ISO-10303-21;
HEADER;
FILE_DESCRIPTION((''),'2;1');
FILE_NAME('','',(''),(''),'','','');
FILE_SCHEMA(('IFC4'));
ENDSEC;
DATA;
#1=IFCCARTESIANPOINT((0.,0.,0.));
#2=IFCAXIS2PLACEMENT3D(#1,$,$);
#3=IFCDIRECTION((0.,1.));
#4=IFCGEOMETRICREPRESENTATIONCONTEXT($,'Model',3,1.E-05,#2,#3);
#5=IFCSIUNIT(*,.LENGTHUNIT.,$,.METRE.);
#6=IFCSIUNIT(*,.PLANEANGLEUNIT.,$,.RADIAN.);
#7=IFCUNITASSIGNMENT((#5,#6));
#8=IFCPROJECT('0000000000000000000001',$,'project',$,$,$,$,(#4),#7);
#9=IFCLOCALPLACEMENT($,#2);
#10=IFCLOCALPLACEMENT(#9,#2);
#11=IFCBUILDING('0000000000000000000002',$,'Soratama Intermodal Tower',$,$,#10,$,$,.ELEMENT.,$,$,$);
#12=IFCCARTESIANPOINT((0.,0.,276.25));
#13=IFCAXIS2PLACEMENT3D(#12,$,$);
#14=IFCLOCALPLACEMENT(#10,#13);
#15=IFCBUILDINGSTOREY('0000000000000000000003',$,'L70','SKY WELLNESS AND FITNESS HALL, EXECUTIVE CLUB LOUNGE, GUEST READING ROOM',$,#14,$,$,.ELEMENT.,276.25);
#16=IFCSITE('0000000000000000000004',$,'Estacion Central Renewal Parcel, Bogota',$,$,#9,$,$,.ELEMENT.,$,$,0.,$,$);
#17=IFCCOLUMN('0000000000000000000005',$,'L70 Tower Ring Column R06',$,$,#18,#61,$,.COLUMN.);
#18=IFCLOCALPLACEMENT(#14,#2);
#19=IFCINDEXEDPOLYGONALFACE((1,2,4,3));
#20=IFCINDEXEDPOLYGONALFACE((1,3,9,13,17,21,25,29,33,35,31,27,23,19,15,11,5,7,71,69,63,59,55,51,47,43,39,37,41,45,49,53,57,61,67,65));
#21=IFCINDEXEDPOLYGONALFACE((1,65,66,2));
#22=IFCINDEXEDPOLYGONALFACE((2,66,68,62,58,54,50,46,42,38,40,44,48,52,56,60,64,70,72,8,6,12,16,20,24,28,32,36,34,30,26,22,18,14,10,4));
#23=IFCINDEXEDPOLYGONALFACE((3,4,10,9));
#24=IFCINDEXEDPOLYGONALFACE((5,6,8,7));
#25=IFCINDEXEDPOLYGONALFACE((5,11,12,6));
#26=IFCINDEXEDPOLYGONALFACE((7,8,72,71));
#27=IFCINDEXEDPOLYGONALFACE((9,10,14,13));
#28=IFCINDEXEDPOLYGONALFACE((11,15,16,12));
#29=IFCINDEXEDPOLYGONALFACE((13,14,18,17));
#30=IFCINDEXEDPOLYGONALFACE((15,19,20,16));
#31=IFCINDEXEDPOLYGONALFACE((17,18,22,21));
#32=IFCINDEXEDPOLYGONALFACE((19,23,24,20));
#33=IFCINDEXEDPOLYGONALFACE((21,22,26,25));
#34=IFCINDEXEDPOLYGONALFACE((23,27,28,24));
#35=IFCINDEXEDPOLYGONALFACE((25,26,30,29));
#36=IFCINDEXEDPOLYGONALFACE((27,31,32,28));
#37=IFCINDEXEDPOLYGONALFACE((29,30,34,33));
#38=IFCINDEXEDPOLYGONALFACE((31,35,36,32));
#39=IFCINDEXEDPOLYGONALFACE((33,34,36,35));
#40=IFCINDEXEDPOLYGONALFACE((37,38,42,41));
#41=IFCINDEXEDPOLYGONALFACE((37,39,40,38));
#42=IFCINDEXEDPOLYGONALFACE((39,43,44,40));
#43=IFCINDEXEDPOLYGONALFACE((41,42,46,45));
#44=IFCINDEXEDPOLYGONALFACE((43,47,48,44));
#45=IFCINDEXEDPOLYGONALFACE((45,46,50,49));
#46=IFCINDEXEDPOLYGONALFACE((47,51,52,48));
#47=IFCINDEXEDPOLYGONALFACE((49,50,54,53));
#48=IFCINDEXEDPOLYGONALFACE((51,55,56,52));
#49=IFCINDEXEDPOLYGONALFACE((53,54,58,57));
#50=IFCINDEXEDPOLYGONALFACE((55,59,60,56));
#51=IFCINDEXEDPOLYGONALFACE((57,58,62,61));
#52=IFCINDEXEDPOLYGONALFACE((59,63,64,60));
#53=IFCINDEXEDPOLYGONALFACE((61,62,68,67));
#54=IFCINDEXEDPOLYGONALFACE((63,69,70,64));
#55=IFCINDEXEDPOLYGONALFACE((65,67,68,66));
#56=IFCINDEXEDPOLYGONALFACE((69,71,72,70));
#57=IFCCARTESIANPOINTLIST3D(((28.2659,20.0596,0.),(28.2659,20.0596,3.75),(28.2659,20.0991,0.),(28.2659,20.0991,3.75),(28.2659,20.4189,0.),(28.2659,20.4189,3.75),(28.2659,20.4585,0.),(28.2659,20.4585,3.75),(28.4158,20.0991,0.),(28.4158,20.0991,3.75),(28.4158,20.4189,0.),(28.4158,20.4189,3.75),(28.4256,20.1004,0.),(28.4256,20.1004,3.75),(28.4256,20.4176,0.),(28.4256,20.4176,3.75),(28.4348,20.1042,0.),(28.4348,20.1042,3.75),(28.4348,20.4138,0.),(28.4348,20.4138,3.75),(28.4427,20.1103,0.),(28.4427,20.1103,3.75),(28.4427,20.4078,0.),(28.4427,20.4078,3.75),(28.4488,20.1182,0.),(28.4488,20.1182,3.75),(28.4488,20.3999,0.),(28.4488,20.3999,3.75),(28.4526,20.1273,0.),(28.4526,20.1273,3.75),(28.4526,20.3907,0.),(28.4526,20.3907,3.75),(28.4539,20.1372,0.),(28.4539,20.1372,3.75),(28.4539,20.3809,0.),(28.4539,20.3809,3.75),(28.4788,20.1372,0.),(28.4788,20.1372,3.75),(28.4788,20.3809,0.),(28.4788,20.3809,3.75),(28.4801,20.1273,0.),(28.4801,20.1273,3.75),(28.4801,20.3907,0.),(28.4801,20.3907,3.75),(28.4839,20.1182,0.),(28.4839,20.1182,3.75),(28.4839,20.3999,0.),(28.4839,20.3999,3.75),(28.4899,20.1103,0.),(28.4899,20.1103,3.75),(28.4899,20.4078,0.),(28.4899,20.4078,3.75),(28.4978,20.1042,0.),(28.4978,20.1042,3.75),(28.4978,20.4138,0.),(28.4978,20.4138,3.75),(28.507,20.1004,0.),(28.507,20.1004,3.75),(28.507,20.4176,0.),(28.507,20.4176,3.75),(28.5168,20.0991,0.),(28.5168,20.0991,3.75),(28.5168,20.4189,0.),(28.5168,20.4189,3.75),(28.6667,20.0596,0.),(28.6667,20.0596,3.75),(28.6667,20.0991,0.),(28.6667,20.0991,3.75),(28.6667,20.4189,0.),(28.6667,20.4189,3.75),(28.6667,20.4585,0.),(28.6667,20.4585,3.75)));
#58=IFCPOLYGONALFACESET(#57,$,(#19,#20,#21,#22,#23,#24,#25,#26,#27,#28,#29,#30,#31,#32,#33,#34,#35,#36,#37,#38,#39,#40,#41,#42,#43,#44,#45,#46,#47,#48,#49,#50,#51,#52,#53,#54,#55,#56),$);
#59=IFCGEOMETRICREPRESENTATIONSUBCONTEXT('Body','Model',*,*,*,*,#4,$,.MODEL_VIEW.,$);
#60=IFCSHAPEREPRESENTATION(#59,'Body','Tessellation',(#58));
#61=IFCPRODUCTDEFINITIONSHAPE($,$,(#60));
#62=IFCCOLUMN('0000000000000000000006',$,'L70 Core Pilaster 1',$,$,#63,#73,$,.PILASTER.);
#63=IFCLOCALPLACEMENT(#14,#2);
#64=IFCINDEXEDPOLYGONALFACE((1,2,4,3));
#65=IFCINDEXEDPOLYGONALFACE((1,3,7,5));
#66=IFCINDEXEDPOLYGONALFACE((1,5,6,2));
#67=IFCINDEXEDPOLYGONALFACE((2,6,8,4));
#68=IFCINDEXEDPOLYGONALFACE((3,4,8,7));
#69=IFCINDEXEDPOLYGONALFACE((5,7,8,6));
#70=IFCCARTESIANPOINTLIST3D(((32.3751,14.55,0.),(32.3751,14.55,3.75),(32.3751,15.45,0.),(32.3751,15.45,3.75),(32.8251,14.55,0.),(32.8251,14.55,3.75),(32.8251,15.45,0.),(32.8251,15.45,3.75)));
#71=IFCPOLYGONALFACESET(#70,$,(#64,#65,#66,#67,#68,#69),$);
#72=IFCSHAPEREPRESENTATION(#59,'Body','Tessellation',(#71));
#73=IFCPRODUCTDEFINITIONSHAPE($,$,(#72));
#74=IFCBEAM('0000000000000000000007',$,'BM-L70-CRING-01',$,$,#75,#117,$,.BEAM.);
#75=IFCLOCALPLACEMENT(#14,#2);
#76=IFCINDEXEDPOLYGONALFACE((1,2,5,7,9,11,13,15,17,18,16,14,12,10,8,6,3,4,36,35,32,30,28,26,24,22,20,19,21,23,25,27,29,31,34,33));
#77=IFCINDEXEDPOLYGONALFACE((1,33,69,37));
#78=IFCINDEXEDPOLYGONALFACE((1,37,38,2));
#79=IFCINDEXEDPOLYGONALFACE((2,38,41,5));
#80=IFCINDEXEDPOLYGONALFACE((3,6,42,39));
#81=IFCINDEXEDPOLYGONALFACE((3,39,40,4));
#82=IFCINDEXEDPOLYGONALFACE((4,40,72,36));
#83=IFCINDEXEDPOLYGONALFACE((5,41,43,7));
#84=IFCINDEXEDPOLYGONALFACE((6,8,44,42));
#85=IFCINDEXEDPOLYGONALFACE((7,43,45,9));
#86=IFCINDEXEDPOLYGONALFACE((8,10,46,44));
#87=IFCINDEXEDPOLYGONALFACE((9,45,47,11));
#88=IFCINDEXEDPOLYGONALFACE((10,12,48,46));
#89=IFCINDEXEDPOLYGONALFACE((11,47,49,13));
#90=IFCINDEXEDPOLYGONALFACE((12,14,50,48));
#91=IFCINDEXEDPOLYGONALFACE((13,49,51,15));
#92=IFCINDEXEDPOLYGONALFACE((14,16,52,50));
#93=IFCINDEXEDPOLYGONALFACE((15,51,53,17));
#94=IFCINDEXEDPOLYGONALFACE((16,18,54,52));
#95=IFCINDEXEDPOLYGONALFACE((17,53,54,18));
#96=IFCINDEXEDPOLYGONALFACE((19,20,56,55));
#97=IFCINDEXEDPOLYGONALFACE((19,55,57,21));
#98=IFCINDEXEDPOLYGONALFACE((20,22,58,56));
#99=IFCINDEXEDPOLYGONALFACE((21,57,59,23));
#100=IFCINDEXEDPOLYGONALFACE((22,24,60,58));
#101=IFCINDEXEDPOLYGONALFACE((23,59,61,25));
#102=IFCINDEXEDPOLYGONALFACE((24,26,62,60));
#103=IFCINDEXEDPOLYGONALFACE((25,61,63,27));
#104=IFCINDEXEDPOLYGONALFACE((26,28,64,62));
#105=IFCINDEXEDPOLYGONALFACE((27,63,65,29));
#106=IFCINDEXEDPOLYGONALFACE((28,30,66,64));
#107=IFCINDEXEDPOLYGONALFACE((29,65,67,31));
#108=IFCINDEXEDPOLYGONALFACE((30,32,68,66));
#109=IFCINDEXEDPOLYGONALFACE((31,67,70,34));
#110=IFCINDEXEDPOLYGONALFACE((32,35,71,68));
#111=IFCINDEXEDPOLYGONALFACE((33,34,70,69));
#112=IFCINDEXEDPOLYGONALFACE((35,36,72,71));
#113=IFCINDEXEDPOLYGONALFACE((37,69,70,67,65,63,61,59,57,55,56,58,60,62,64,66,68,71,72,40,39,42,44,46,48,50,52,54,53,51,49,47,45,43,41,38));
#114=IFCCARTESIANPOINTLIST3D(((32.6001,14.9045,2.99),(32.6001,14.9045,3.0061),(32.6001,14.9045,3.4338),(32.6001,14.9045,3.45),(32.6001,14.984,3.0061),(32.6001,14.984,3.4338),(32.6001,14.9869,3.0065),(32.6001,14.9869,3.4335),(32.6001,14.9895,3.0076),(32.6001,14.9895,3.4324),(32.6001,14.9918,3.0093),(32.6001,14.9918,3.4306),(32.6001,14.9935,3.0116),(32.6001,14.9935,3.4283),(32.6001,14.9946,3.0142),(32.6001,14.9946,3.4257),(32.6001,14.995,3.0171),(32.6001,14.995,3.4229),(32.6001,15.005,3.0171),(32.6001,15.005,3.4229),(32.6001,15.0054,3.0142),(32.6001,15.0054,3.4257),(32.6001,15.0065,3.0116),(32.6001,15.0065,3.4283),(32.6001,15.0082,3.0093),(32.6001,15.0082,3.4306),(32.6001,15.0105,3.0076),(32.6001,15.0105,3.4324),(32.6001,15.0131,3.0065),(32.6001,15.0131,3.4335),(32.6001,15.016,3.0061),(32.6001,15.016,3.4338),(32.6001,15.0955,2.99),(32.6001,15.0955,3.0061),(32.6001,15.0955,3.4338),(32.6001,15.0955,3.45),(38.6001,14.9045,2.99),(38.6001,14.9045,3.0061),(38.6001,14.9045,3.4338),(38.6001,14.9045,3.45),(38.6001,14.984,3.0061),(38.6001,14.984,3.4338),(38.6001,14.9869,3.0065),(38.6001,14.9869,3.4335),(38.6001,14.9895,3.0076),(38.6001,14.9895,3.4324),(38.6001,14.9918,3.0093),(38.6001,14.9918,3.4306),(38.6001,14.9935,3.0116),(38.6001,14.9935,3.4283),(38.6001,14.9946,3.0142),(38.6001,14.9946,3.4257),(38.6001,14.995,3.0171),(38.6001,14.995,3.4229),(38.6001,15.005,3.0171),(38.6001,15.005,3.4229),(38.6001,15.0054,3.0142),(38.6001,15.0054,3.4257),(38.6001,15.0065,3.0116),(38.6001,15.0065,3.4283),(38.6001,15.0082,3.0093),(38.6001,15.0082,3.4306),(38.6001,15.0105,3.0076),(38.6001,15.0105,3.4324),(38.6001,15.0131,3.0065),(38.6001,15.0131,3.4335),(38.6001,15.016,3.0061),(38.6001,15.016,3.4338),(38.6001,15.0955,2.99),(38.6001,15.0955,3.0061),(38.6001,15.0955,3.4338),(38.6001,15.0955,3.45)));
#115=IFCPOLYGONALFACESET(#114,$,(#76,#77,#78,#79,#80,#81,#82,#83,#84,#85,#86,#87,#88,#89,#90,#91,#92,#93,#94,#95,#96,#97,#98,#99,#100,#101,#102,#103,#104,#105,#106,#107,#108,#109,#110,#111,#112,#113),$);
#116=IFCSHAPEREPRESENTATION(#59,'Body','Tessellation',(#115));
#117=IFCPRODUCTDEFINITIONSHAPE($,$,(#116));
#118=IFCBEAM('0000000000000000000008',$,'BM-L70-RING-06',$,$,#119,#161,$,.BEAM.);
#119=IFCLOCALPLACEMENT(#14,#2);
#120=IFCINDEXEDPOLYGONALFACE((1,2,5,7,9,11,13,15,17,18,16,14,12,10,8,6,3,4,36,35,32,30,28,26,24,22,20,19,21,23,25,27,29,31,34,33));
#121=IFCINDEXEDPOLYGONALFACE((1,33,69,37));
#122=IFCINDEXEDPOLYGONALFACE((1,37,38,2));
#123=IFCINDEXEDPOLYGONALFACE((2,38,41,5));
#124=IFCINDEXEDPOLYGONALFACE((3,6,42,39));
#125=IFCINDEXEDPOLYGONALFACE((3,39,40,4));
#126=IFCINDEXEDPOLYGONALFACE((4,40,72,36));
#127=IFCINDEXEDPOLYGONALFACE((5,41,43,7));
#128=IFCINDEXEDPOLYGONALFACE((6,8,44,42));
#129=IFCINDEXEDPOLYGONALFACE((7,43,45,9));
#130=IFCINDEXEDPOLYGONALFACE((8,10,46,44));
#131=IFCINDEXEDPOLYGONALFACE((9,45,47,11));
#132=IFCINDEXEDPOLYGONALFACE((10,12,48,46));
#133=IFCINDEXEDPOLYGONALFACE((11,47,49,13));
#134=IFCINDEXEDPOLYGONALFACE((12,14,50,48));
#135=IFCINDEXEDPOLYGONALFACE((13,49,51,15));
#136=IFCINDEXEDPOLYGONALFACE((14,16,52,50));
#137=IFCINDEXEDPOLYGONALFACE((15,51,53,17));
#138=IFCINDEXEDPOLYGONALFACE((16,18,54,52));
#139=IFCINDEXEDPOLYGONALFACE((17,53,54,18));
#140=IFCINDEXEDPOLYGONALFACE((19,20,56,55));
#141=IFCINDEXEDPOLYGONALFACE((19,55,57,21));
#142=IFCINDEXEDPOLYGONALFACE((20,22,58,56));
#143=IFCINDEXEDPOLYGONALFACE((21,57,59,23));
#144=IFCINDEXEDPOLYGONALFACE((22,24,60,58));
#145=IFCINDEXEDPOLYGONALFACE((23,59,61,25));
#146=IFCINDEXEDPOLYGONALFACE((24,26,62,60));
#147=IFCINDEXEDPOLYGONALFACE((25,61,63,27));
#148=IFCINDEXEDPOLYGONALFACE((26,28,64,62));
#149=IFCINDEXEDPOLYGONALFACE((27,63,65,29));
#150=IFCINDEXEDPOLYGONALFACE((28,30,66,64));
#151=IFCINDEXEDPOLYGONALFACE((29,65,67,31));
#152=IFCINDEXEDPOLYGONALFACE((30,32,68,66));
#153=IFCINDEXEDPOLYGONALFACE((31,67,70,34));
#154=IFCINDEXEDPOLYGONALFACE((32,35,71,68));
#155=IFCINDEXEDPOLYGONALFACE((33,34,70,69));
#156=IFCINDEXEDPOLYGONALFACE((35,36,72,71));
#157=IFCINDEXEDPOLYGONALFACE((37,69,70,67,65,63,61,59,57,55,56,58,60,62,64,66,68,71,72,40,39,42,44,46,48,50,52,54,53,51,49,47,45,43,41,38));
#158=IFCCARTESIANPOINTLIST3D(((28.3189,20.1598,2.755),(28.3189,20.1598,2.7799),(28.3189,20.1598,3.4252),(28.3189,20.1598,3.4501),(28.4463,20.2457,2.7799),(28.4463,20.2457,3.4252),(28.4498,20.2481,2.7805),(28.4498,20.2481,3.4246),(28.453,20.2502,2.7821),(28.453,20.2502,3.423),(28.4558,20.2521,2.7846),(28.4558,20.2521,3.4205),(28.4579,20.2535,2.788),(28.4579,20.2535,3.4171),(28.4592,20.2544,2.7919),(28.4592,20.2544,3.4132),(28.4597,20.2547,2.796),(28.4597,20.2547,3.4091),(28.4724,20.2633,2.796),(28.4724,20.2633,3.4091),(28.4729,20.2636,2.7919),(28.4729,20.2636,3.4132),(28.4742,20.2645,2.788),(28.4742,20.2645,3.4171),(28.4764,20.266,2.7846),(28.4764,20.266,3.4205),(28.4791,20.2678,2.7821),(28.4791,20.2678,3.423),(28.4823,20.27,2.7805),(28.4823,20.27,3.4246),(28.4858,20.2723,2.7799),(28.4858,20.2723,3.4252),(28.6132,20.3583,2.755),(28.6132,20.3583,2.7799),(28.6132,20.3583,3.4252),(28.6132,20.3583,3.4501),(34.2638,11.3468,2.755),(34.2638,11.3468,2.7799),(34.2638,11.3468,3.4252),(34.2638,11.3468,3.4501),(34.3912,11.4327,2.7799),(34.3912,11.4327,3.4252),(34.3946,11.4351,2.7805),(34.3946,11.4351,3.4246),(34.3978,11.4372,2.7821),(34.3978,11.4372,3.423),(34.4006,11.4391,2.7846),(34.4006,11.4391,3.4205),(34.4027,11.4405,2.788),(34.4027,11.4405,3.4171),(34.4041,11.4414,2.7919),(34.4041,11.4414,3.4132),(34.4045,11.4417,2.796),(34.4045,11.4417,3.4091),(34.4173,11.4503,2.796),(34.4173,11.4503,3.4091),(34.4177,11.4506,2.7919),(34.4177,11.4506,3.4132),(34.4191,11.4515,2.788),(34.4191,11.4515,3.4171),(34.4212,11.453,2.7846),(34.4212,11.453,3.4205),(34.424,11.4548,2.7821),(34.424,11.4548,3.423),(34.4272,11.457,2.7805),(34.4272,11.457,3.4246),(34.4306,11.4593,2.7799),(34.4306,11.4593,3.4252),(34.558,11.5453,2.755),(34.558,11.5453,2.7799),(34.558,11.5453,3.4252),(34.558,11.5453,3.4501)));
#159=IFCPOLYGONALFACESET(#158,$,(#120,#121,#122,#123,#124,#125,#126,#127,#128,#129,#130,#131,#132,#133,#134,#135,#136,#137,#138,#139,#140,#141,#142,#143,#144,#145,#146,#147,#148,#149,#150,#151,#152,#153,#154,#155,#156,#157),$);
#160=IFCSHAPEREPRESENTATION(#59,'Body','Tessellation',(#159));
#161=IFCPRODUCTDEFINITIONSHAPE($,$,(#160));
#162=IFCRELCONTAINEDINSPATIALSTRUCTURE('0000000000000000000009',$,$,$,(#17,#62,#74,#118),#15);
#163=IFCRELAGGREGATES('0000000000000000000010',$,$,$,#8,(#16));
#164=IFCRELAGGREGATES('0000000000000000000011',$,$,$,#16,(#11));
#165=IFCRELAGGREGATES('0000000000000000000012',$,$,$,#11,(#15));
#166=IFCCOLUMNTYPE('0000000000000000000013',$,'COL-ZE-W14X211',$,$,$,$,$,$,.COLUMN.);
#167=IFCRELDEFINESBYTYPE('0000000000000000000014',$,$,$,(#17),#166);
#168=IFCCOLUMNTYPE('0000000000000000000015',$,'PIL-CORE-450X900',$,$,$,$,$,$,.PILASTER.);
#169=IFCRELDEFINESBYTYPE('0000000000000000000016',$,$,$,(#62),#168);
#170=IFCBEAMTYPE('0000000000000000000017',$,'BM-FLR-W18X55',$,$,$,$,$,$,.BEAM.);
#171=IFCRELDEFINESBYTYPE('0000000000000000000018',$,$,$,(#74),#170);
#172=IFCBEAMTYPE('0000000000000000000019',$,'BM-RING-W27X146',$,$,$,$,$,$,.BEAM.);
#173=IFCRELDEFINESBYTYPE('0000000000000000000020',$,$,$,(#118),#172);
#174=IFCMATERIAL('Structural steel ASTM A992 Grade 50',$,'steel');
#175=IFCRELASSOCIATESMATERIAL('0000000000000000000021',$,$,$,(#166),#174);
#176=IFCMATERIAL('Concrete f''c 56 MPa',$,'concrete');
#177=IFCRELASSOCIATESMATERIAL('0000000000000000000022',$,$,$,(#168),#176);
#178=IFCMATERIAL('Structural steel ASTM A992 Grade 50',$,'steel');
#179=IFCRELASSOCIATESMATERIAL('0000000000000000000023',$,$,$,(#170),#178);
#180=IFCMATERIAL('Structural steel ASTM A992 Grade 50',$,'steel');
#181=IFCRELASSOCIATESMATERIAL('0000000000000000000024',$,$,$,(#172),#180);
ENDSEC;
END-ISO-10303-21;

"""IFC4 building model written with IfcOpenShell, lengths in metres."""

from ifc_helpers import new_model, si_unit, direction, frame, origin, origin_2d, place, context, subcontext, project, spatial, rectangle, i_section, extrude, material, material_profile, profile_set, type_object, element, save


model = new_model("IFC4")

# Units and contexts
model_context = context("Model", 3, precision=1e-05, world=origin(), true_north=direction((0.0, 1.0)))
body_context = subcontext(model_context, "Body", "Model", "MODEL_VIEW")
ifc_project = project(units=[si_unit("LENGTHUNIT", "METRE"), si_unit("PLANEANGLEUNIT", "RADIAN")], contexts=[model_context])

# Site, building, storey
site_placement = place(None, origin())
site = spatial("IfcSite", under=ifc_project, at=site_placement, Name="Estacion Central Renewal Parcel, Bogota", CompositionType="ELEMENT", RefElevation=0.0)
building_placement = place(site_placement, origin())
building = spatial("IfcBuilding", under=site, at=building_placement, Name="Soratama Intermodal Tower", CompositionType="ELEMENT")
storey_placement = place(building_placement, frame((0.0, 0.0, 276.25)))
storey = spatial("IfcBuildingStorey", under=building, at=storey_placement, Name="L70", Description="SKY WELLNESS AND FITNESS HALL, EXECUTIVE CLUB LOUNGE, GUEST READING ROOM", CompositionType="ELEMENT", Elevation=276.25)

# Columns
ifc_material_1 = material(Name="Structural steel ASTM A992 Grade 50", Category="steel")
ifc_material_profile_1 = material_profile(ifc_material_1, i_section(OverallWidth=0.4009, OverallDepth=0.3989, WebThickness=0.0249, FlangeThickness=0.0396, FilletRadius=0.0381, at=origin_2d()), Name="W14X211")
ifc_profile_set_1 = profile_set([ifc_material_profile_1], Name="Structural steel ASTM A992 Grade 50")
column_type_1 = type_object("IfcColumnType", Name="COL-ZE-W14X211", PredefinedType="COLUMN", material=ifc_profile_set_1)
column_1_placement = place(storey_placement, frame((28.4663, 20.259, 0.0), z_axis=(0.0, 0.0, 1.0), x_axis=(1.0, 0.0, 0.0)))
element("IfcColumn", 1, at=column_1_placement, inside=storey, type_object=column_type_1, Name="L70 Tower Ring Column R06", PredefinedType="COLUMN", context=body_context, shape_type="SweptSolid", body=[
    extrude(i_section(OverallWidth=0.4009, OverallDepth=0.3989, WebThickness=0.0249, FlangeThickness=0.0396, FilletRadius=0.0381, at=origin_2d()), origin(), (0.0, 0.0, 1.0), 3.75),
])
ifc_material_2 = material(Name="Concrete f'c 56 MPa", Category="concrete")
ifc_material_profile_2 = material_profile(ifc_material_2, rectangle(XDim=0.45, YDim=0.8999, at=origin_2d()), Name="RC450X900")
ifc_profile_set_2 = profile_set([ifc_material_profile_2], Name="Concrete f'c 56 MPa")
column_type_2 = type_object("IfcColumnType", Name="PIL-CORE-450X900", PredefinedType="PILASTER", material=ifc_profile_set_2)
column_2_placement = place(storey_placement, frame((32.6001, 15.0, 0.0), z_axis=(0.0, 0.0, 1.0), x_axis=(1.0, 0.0, 0.0)))
element("IfcColumn", 2, at=column_2_placement, inside=storey, type_object=column_type_2, Name="L70 Core Pilaster 1", PredefinedType="PILASTER", context=body_context, shape_type="SweptSolid", body=[
    extrude(rectangle(XDim=0.45, YDim=0.8999, at=origin_2d()), origin(), (0.0, 0.0, 1.0), 3.75),
])

# Beams
ifc_material_3 = material(Name="Structural steel ASTM A992 Grade 50", Category="steel")
ifc_material_profile_3 = material_profile(ifc_material_3, i_section(OverallWidth=0.1909, OverallDepth=0.46, WebThickness=0.01, FlangeThickness=0.0161, FilletRadius=0.011, at=origin_2d()), Name="W18X55")
ifc_profile_set_3 = profile_set([ifc_material_profile_3], Name="Structural steel ASTM A992 Grade 50")
beam_type_1 = type_object("IfcBeamType", Name="BM-FLR-W18X55", PredefinedType="BEAM", material=ifc_profile_set_3)
beam_1_placement = place(storey_placement, frame((32.6001, 15.0, 3.22), z_axis=(1.0, 0.0, 0.0), x_axis=(0.0, 1.0, 0.0)))
element("IfcBeam", 3, at=beam_1_placement, inside=storey, type_object=beam_type_1, Name="BM-L70-CRING-01", PredefinedType="BEAM", context=body_context, shape_type="SweptSolid", body=[
    extrude(i_section(OverallWidth=0.1909, OverallDepth=0.46, WebThickness=0.01, FlangeThickness=0.0161, FilletRadius=0.011, at=origin_2d()), origin(), (0.0, 0.0, 1.0), 6.0),
])
ifc_material_4 = material(Name="Structural steel ASTM A992 Grade 50", Category="steel")
ifc_material_profile_4 = material_profile(ifc_material_4, i_section(OverallWidth=0.355, OverallDepth=0.6951, WebThickness=0.0154, FlangeThickness=0.0249, FilletRadius=0.0161, at=origin_2d()), Name="W27X146")
ifc_profile_set_4 = profile_set([ifc_material_profile_4], Name="Structural steel ASTM A992 Grade 50")
beam_type_2 = type_object("IfcBeamType", Name="BM-RING-W27X146", PredefinedType="BEAM", material=ifc_profile_set_4)
beam_2_placement = place(storey_placement, frame((28.4661, 20.259, 3.1025), z_axis=(0.559218, -0.829021, 0.0), x_axis=(0.829021, 0.559218, 0.0)))
element("IfcBeam", 4, at=beam_2_placement, inside=storey, type_object=beam_type_2, Name="BM-L70-RING-06", PredefinedType="BEAM", context=body_context, shape_type="SweptSolid", body=[
    extrude(i_section(OverallWidth=0.355, OverallDepth=0.6951, WebThickness=0.0154, FlangeThickness=0.0249, FilletRadius=0.0161, at=origin_2d()), origin(), (0.0, 0.0, 1.0), 10.6306),
])

save(model, "model.ifc")
